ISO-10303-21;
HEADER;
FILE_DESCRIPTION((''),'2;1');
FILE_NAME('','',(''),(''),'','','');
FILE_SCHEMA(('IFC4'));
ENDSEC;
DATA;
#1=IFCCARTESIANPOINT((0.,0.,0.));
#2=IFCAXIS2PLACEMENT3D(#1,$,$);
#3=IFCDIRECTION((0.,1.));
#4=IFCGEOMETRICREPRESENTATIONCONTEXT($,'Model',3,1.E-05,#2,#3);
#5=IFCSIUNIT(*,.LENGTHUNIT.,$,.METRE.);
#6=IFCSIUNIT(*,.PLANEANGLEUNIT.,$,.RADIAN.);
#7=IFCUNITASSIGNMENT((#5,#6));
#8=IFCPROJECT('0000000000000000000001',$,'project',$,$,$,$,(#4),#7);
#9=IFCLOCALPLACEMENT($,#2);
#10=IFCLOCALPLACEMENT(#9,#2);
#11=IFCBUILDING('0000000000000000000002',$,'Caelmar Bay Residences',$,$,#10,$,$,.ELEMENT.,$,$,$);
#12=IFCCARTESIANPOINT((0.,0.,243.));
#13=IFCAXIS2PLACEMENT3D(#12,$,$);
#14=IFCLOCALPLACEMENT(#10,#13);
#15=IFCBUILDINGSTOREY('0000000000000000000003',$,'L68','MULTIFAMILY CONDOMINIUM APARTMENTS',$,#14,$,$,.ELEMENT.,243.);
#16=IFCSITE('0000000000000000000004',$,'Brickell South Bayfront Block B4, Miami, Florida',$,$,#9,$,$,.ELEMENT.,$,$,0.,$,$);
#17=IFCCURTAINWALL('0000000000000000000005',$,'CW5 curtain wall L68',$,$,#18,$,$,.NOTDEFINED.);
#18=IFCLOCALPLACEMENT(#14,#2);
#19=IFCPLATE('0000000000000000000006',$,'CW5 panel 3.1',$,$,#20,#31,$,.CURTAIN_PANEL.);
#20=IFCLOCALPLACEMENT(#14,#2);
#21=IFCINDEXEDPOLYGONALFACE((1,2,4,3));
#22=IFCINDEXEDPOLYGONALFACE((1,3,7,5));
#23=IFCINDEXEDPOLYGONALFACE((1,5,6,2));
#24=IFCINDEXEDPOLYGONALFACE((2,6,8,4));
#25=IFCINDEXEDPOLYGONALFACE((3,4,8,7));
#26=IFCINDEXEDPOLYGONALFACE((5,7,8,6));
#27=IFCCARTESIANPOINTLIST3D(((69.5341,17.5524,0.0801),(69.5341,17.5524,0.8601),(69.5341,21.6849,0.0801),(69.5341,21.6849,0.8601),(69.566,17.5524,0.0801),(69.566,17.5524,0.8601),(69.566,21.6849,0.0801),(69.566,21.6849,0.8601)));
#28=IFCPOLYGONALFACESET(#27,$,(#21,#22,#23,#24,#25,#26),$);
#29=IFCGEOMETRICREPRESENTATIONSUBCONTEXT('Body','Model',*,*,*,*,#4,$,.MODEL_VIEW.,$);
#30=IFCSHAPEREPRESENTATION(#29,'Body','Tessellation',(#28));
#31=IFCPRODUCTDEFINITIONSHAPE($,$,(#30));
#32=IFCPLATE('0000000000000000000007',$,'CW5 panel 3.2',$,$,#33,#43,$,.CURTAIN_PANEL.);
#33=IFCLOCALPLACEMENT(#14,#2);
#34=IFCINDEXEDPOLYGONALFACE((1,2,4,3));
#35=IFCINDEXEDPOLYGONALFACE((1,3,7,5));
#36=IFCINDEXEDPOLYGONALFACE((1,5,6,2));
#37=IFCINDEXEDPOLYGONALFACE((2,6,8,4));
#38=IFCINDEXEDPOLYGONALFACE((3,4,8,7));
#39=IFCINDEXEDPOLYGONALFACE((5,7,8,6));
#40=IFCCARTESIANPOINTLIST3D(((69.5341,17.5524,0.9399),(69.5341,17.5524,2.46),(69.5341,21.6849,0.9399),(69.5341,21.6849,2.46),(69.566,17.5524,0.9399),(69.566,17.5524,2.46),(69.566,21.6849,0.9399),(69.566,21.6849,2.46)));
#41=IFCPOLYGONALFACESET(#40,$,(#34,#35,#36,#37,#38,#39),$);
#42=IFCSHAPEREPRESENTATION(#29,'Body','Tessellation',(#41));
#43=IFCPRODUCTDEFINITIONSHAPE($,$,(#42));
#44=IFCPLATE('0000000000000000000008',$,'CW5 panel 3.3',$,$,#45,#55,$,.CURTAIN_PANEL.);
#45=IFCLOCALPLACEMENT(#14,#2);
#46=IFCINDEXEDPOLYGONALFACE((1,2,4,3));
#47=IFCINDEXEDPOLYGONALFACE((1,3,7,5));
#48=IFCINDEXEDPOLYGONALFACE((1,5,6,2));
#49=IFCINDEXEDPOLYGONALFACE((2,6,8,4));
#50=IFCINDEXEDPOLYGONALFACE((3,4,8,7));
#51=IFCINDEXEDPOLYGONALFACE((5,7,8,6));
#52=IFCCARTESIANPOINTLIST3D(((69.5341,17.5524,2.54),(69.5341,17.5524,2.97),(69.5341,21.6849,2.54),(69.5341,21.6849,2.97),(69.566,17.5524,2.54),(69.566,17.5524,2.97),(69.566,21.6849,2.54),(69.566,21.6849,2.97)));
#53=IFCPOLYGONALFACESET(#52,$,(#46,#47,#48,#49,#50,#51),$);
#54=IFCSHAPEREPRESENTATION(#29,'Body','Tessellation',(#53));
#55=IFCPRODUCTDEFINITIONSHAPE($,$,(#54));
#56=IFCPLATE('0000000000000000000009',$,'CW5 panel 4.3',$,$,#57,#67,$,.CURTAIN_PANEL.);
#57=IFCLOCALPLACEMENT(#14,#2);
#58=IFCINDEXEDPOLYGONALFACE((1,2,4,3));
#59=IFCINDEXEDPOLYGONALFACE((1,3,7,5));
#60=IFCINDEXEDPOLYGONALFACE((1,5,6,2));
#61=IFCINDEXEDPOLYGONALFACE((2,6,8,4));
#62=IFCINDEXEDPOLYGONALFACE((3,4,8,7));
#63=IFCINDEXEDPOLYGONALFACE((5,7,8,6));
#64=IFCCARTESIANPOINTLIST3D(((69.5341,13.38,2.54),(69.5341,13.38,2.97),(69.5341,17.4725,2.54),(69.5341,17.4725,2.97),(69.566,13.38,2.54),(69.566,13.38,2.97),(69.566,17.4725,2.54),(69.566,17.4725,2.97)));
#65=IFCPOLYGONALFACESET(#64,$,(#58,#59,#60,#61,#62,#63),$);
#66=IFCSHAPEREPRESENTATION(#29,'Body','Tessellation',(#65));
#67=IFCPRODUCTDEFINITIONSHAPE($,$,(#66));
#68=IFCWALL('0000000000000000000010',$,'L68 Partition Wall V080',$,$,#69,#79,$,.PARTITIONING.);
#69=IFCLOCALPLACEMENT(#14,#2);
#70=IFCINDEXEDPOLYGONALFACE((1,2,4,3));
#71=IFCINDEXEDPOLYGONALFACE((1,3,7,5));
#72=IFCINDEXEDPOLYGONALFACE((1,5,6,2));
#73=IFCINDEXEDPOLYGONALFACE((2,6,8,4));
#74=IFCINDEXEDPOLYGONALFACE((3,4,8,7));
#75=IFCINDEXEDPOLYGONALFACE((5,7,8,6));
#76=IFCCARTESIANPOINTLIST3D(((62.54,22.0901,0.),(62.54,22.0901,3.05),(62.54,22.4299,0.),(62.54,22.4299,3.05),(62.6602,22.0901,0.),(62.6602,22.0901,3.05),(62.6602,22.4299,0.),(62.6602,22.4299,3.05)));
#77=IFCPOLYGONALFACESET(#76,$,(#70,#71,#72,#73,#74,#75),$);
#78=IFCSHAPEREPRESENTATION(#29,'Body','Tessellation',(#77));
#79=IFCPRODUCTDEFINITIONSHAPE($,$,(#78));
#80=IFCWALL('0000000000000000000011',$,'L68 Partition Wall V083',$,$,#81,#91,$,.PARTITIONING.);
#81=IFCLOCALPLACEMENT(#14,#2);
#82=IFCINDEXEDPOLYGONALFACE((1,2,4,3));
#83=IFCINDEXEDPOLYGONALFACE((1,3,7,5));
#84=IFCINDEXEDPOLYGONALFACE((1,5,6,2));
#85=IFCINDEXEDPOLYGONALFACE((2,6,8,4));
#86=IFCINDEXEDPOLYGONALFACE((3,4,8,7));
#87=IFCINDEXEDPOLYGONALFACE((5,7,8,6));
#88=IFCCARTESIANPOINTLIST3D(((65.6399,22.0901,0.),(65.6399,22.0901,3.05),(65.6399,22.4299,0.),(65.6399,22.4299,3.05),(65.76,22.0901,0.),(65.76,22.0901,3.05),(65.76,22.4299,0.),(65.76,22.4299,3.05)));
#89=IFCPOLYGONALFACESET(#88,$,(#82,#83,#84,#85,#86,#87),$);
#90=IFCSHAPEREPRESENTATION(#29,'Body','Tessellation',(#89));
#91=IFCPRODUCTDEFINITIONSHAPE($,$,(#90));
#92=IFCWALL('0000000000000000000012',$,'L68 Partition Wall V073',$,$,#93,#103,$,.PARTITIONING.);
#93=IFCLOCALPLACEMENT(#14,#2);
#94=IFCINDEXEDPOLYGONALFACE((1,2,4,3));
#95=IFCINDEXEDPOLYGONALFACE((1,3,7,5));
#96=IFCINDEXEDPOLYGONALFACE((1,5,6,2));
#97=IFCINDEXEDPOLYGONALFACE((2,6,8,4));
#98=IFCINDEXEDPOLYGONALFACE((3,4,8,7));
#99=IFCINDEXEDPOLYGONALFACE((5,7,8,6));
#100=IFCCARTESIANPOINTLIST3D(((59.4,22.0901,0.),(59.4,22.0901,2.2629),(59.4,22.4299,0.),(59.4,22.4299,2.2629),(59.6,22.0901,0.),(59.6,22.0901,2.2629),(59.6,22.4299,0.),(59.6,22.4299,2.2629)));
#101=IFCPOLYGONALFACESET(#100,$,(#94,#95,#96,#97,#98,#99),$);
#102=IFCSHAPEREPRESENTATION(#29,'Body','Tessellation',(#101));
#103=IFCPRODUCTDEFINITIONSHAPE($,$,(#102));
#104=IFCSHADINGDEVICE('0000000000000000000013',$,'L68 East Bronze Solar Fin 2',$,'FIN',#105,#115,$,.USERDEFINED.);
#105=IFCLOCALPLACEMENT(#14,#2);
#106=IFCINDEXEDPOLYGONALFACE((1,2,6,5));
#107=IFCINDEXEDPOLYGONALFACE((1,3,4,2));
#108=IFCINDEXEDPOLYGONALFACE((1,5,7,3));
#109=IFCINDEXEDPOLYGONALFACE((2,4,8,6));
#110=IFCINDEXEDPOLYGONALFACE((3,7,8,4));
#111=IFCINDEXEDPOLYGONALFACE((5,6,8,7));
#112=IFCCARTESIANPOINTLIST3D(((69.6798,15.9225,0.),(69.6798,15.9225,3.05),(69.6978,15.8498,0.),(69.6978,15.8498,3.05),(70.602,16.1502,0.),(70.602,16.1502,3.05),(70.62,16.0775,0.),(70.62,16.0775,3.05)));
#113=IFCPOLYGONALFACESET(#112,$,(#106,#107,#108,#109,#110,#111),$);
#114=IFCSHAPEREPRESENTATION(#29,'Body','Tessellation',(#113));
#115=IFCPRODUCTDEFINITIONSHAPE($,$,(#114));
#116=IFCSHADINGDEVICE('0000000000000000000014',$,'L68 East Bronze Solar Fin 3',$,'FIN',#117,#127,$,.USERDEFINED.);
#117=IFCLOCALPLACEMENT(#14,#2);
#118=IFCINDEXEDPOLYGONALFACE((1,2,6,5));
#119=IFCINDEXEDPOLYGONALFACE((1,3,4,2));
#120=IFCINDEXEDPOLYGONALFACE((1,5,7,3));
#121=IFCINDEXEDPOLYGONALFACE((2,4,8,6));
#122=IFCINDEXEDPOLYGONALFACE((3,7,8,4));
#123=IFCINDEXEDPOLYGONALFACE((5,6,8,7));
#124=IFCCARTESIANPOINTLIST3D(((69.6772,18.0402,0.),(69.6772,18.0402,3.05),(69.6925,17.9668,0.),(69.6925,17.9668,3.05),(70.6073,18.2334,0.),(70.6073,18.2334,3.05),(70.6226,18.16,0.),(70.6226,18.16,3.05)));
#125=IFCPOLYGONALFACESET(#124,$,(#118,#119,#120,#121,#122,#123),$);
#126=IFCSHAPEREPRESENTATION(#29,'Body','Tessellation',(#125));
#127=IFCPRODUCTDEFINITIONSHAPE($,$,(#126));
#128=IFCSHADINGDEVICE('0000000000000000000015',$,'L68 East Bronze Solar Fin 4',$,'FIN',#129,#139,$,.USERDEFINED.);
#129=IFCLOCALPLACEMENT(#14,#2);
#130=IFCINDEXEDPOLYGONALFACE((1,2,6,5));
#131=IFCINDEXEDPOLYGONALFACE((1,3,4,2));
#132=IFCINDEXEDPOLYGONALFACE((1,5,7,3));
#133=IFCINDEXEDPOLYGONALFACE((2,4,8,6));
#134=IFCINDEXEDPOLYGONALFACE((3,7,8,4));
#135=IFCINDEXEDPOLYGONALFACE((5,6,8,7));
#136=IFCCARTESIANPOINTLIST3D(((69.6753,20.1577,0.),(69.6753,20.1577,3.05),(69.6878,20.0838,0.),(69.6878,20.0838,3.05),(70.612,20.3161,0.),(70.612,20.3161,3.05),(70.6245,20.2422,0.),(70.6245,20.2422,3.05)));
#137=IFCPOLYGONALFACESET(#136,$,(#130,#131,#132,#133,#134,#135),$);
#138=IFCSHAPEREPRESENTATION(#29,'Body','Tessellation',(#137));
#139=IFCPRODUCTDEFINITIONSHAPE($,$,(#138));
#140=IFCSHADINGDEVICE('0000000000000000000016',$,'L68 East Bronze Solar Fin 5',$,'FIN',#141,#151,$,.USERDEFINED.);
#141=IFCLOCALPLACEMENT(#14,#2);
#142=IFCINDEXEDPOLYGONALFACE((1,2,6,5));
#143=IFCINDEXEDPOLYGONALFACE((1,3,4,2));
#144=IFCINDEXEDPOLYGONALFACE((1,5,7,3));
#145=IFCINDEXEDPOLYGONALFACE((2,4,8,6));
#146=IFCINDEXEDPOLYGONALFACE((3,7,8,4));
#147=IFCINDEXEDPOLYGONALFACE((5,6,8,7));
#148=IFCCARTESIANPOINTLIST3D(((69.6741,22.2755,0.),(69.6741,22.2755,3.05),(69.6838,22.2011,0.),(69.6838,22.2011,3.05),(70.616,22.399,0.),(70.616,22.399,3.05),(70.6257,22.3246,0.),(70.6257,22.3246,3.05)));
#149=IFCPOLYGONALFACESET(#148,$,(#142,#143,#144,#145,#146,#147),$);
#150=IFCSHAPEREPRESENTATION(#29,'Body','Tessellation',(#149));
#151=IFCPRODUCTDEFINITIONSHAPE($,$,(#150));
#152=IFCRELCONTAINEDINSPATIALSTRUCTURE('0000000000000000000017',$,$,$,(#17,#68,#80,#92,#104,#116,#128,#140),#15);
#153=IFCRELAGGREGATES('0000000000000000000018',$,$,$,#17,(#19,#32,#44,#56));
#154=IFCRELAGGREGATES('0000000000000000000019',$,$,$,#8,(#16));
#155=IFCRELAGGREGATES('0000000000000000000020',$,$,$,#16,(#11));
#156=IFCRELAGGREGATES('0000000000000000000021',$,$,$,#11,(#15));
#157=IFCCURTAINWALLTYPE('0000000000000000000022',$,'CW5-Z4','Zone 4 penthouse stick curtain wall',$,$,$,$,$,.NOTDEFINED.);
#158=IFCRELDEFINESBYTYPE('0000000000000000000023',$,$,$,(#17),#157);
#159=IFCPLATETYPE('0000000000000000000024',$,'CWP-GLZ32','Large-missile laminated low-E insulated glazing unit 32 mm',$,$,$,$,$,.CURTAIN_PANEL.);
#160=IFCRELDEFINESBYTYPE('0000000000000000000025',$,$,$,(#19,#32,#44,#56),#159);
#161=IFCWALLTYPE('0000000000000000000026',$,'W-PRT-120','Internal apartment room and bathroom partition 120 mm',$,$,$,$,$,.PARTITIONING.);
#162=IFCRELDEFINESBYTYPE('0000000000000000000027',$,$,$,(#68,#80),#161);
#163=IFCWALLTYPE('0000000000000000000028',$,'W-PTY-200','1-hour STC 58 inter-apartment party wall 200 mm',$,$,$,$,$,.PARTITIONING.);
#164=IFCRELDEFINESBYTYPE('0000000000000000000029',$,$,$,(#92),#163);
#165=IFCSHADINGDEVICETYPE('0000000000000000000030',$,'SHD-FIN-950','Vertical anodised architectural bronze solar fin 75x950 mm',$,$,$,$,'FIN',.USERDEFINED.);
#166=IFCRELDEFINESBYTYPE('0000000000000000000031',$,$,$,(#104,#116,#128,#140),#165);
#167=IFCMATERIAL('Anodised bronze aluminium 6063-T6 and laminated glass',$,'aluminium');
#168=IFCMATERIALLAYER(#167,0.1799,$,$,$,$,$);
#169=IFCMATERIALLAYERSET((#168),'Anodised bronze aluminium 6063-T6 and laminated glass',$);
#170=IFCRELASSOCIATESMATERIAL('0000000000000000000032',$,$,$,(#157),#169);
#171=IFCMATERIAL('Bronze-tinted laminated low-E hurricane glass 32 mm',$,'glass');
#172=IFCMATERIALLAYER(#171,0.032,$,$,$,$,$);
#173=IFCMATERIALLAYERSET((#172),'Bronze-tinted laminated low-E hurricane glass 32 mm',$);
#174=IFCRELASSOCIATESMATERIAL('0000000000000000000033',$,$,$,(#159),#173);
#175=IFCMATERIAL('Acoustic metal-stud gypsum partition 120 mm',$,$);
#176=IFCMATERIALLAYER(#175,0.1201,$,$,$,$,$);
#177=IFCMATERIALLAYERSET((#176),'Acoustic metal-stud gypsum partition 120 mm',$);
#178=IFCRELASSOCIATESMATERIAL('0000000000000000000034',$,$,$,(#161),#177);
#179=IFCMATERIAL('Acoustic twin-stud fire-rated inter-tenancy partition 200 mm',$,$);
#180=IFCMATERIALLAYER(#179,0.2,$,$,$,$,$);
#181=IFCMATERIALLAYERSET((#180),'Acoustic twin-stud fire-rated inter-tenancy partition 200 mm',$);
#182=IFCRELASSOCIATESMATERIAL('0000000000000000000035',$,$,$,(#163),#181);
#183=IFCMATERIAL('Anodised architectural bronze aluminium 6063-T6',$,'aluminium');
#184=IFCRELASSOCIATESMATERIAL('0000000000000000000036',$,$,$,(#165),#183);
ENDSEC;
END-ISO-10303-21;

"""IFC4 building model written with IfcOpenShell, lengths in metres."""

from ifc_helpers import new_model, si_unit, direction, frame, frame_2d, origin, origin_2d, place, context, subcontext, project, spatial, rectangle, extrude, material, layer, layer_set, material_profile, profile_set, type_object, element, aggregate, save


model = new_model("IFC4")

# Units and contexts
model_context = context("Model", 3, precision=1e-05, world=origin(), true_north=direction((0.0, 1.0)))
body_context = subcontext(model_context, "Body", "Model", "MODEL_VIEW")
ifc_project = project(units=[si_unit("LENGTHUNIT", "METRE"), si_unit("PLANEANGLEUNIT", "RADIAN")], contexts=[model_context])

# Site, building, storey
site_placement = place(None, origin())
site = spatial("IfcSite", under=ifc_project, at=site_placement, Name="Brickell South Bayfront Block B4, Miami, Florida", CompositionType="ELEMENT", RefElevation=0.0)
building_placement = place(site_placement, origin())
building = spatial("IfcBuilding", under=site, at=building_placement, Name="Caelmar Bay Residences", CompositionType="ELEMENT")
storey_placement = place(building_placement, frame((0.0, 0.0, 243.0)))
storey = spatial("IfcBuildingStorey", under=building, at=storey_placement, Name="L68", Description="MULTIFAMILY CONDOMINIUM APARTMENTS", CompositionType="ELEMENT", Elevation=243.0)

# Curtain wall, plates
ifc_material_1 = material(Name="Anodised bronze aluminium 6063-T6 and laminated glass", Category="aluminium")
ifc_layer_1 = layer(ifc_material_1, 0.1799)
ifc_layer_set_1 = layer_set([ifc_layer_1], Name="Anodised bronze aluminium 6063-T6 and laminated glass")
curtain_wall_type = type_object("IfcCurtainWallType", Name="CW5-Z4", Description="Zone 4 penthouse stick curtain wall", PredefinedType="NOTDEFINED", material=ifc_layer_set_1)
curtain_wall_placement = place(storey_placement, origin())
curtain_wall = element("IfcCurtainWall", 1, at=curtain_wall_placement, inside=storey, type_object=curtain_wall_type, Name="CW5 curtain wall L68", PredefinedType="NOTDEFINED")
ifc_material_2 = material(Name="Bronze-tinted laminated low-E hurricane glass 32 mm", Category="glass")
ifc_layer_2 = layer(ifc_material_2, 0.032)
ifc_layer_set_2 = layer_set([ifc_layer_2], Name="Bronze-tinted laminated low-E hurricane glass 32 mm")
plate_type = type_object("IfcPlateType", Name="CWP-GLZ32", Description="Large-missile laminated low-E insulated glazing unit 32 mm", PredefinedType="CURTAIN_PANEL", material=ifc_layer_set_2)
plate_1_placement = place(storey_placement, frame((69.55, 19.6187, 0.0801), z_axis=(0.0, 0.0, 1.0), x_axis=(0.0, -1.0, 0.0)))
plate_1 = element("IfcPlate", 2, at=plate_1_placement, type_object=plate_type, Name="CW5 panel 3.1", PredefinedType="CURTAIN_PANEL", context=body_context, shape_type="SweptSolid", body=[
    extrude(rectangle(XDim=4.1326, YDim=0.032, at=origin_2d()), origin(), (0.0, 0.0, 1.0), 0.78),
])
plate_2_placement = place(storey_placement, frame((69.55, 19.6187, 0.9399), z_axis=(0.0, 0.0, 1.0), x_axis=(0.0, -1.0, 0.0)))
plate_2 = element("IfcPlate", 3, at=plate_2_placement, type_object=plate_type, Name="CW5 panel 3.2", PredefinedType="CURTAIN_PANEL", context=body_context, shape_type="SweptSolid", body=[
    extrude(rectangle(XDim=4.1326, YDim=0.032, at=origin_2d()), origin(), (0.0, 0.0, 1.0), 1.52),
])
plate_3_placement = place(storey_placement, frame((69.55, 19.6187, 2.54), z_axis=(0.0, 0.0, 1.0), x_axis=(0.0, -1.0, 0.0)))
plate_3 = element("IfcPlate", 4, at=plate_3_placement, type_object=plate_type, Name="CW5 panel 3.3", PredefinedType="CURTAIN_PANEL", context=body_context, shape_type="SweptSolid", body=[
    extrude(rectangle(XDim=4.1326, YDim=0.032, at=origin_2d()), origin(), (0.0, 0.0, 1.0), 0.4299),
])
plate_4_placement = place(storey_placement, frame((69.55, 15.4263, 2.54), z_axis=(0.0, 0.0, 1.0), x_axis=(0.0, -1.0, 0.0)))
plate_4 = element("IfcPlate", 5, at=plate_4_placement, type_object=plate_type, Name="CW5 panel 4.3", PredefinedType="CURTAIN_PANEL", context=body_context, shape_type="SweptSolid", body=[
    extrude(rectangle(XDim=4.0925, YDim=0.032, at=origin_2d()), origin(), (0.0, 0.0, 1.0), 0.4299),
])
aggregate(curtain_wall, [plate_1, plate_2, plate_3, plate_4])

# Walls
ifc_material_3 = material(Name="Acoustic metal-stud gypsum partition 120 mm")
ifc_layer_3 = layer(ifc_material_3, 0.1201)
ifc_layer_set_3 = layer_set([ifc_layer_3], Name="Acoustic metal-stud gypsum partition 120 mm")
wall_type_1 = type_object("IfcWallType", Name="W-PRT-120", Description="Internal apartment room and bathroom partition 120 mm", PredefinedType="PARTITIONING", material=ifc_layer_set_3)
for number, where, z_axis, x_axis, name in (
    (6, (62.6001, 22.0901, 0.0), (0.0, 0.0, 1.0), (0.0, 1.0, 0.0), "L68 Partition Wall V080"),
    (7, (65.7, 22.0901, 0.0), (0.0, 0.0, 1.0), (0.0, 1.0, 0.0), "L68 Partition Wall V083"),
):
    element("IfcWall", number, at=place(storey_placement, frame(where, z_axis=z_axis, x_axis=x_axis)), inside=storey, type_object=wall_type_1, Name=name, PredefinedType="PARTITIONING", context=body_context, shape_type="SweptSolid", body=[
        extrude(rectangle(XDim=0.3398, YDim=0.1201, at=frame_2d((0.1699, 0.0))), origin(), (0.0, 0.0, 1.0), 3.05),
    ])

# Wall
ifc_material_4 = material(Name="Acoustic twin-stud fire-rated inter-tenancy partition 200 mm")
ifc_layer_4 = layer(ifc_material_4, 0.2)
ifc_layer_set_4 = layer_set([ifc_layer_4], Name="Acoustic twin-stud fire-rated inter-tenancy partition 200 mm")
wall_type_2 = type_object("IfcWallType", Name="W-PTY-200", Description="1-hour STC 58 inter-apartment party wall 200 mm", PredefinedType="PARTITIONING", material=ifc_layer_set_4)
wall_1_placement = place(storey_placement, frame((59.5, 22.0901, 0.0), z_axis=(0.0, 0.0, 1.0), x_axis=(0.0, 1.0, 0.0)))
element("IfcWall", 8, at=wall_1_placement, inside=storey, type_object=wall_type_2, Name="L68 Partition Wall V073", PredefinedType="PARTITIONING", context=body_context, shape_type="SweptSolid", body=[
    extrude(rectangle(XDim=0.3398, YDim=0.2, at=frame_2d((0.1699, 0.0))), origin(), (0.0, 0.0, 1.0), 2.2629),
])

# Shading devices
ifc_material_5 = material(Name="Anodised architectural bronze aluminium 6063-T6", Category="aluminium")
ifc_material_profile_1 = material_profile(ifc_material_5, rectangle(XDim=0.075, YDim=0.95, at=origin_2d()), Name="BRONZE-FIN-75X950")
ifc_profile_set_1 = profile_set([ifc_material_profile_1], Name="Anodised architectural bronze aluminium 6063-T6")
shading_device_type = type_object("IfcShadingDeviceType", Name="SHD-FIN-950", Description="Vertical anodised architectural bronze solar fin 75x950 mm", ElementType="FIN", PredefinedType="USERDEFINED", material=ifc_profile_set_1)
for number, where, z_axis, x_axis, name in (
    (9, (70.1499, 16.0, 0.0), (0.0, 0.0, 1.0), (-0.23972, 0.970842, 0.0), "L68 East Bronze Solar Fin 2"),
    (10, (70.1499, 18.1001, 0.0), (0.0, 0.0, 1.0), (-0.2033, 0.979116, 0.0), "L68 East Bronze Solar Fin 3"),
    (11, (70.1499, 20.2, 0.0), (0.0, 0.0, 1.0), (-0.166769, 0.985996, 0.0), "L68 East Bronze Solar Fin 4"),
    (12, (70.1499, 22.3, 0.0), (0.0, 0.0, 1.0), (-0.130007, 0.991513, 0.0), "L68 East Bronze Solar Fin 5"),
):
    element("IfcShadingDevice", number, at=place(storey_placement, frame(where, z_axis=z_axis, x_axis=x_axis)), inside=storey, type_object=shading_device_type, Name=name, ObjectType="FIN", PredefinedType="USERDEFINED", context=body_context, shape_type="SweptSolid", body=[
        extrude(rectangle(XDim=0.075, YDim=0.95, at=origin_2d()), origin(), (0.0, 0.0, 1.0), 3.05),
    ])

save(model, "model.ifc")
